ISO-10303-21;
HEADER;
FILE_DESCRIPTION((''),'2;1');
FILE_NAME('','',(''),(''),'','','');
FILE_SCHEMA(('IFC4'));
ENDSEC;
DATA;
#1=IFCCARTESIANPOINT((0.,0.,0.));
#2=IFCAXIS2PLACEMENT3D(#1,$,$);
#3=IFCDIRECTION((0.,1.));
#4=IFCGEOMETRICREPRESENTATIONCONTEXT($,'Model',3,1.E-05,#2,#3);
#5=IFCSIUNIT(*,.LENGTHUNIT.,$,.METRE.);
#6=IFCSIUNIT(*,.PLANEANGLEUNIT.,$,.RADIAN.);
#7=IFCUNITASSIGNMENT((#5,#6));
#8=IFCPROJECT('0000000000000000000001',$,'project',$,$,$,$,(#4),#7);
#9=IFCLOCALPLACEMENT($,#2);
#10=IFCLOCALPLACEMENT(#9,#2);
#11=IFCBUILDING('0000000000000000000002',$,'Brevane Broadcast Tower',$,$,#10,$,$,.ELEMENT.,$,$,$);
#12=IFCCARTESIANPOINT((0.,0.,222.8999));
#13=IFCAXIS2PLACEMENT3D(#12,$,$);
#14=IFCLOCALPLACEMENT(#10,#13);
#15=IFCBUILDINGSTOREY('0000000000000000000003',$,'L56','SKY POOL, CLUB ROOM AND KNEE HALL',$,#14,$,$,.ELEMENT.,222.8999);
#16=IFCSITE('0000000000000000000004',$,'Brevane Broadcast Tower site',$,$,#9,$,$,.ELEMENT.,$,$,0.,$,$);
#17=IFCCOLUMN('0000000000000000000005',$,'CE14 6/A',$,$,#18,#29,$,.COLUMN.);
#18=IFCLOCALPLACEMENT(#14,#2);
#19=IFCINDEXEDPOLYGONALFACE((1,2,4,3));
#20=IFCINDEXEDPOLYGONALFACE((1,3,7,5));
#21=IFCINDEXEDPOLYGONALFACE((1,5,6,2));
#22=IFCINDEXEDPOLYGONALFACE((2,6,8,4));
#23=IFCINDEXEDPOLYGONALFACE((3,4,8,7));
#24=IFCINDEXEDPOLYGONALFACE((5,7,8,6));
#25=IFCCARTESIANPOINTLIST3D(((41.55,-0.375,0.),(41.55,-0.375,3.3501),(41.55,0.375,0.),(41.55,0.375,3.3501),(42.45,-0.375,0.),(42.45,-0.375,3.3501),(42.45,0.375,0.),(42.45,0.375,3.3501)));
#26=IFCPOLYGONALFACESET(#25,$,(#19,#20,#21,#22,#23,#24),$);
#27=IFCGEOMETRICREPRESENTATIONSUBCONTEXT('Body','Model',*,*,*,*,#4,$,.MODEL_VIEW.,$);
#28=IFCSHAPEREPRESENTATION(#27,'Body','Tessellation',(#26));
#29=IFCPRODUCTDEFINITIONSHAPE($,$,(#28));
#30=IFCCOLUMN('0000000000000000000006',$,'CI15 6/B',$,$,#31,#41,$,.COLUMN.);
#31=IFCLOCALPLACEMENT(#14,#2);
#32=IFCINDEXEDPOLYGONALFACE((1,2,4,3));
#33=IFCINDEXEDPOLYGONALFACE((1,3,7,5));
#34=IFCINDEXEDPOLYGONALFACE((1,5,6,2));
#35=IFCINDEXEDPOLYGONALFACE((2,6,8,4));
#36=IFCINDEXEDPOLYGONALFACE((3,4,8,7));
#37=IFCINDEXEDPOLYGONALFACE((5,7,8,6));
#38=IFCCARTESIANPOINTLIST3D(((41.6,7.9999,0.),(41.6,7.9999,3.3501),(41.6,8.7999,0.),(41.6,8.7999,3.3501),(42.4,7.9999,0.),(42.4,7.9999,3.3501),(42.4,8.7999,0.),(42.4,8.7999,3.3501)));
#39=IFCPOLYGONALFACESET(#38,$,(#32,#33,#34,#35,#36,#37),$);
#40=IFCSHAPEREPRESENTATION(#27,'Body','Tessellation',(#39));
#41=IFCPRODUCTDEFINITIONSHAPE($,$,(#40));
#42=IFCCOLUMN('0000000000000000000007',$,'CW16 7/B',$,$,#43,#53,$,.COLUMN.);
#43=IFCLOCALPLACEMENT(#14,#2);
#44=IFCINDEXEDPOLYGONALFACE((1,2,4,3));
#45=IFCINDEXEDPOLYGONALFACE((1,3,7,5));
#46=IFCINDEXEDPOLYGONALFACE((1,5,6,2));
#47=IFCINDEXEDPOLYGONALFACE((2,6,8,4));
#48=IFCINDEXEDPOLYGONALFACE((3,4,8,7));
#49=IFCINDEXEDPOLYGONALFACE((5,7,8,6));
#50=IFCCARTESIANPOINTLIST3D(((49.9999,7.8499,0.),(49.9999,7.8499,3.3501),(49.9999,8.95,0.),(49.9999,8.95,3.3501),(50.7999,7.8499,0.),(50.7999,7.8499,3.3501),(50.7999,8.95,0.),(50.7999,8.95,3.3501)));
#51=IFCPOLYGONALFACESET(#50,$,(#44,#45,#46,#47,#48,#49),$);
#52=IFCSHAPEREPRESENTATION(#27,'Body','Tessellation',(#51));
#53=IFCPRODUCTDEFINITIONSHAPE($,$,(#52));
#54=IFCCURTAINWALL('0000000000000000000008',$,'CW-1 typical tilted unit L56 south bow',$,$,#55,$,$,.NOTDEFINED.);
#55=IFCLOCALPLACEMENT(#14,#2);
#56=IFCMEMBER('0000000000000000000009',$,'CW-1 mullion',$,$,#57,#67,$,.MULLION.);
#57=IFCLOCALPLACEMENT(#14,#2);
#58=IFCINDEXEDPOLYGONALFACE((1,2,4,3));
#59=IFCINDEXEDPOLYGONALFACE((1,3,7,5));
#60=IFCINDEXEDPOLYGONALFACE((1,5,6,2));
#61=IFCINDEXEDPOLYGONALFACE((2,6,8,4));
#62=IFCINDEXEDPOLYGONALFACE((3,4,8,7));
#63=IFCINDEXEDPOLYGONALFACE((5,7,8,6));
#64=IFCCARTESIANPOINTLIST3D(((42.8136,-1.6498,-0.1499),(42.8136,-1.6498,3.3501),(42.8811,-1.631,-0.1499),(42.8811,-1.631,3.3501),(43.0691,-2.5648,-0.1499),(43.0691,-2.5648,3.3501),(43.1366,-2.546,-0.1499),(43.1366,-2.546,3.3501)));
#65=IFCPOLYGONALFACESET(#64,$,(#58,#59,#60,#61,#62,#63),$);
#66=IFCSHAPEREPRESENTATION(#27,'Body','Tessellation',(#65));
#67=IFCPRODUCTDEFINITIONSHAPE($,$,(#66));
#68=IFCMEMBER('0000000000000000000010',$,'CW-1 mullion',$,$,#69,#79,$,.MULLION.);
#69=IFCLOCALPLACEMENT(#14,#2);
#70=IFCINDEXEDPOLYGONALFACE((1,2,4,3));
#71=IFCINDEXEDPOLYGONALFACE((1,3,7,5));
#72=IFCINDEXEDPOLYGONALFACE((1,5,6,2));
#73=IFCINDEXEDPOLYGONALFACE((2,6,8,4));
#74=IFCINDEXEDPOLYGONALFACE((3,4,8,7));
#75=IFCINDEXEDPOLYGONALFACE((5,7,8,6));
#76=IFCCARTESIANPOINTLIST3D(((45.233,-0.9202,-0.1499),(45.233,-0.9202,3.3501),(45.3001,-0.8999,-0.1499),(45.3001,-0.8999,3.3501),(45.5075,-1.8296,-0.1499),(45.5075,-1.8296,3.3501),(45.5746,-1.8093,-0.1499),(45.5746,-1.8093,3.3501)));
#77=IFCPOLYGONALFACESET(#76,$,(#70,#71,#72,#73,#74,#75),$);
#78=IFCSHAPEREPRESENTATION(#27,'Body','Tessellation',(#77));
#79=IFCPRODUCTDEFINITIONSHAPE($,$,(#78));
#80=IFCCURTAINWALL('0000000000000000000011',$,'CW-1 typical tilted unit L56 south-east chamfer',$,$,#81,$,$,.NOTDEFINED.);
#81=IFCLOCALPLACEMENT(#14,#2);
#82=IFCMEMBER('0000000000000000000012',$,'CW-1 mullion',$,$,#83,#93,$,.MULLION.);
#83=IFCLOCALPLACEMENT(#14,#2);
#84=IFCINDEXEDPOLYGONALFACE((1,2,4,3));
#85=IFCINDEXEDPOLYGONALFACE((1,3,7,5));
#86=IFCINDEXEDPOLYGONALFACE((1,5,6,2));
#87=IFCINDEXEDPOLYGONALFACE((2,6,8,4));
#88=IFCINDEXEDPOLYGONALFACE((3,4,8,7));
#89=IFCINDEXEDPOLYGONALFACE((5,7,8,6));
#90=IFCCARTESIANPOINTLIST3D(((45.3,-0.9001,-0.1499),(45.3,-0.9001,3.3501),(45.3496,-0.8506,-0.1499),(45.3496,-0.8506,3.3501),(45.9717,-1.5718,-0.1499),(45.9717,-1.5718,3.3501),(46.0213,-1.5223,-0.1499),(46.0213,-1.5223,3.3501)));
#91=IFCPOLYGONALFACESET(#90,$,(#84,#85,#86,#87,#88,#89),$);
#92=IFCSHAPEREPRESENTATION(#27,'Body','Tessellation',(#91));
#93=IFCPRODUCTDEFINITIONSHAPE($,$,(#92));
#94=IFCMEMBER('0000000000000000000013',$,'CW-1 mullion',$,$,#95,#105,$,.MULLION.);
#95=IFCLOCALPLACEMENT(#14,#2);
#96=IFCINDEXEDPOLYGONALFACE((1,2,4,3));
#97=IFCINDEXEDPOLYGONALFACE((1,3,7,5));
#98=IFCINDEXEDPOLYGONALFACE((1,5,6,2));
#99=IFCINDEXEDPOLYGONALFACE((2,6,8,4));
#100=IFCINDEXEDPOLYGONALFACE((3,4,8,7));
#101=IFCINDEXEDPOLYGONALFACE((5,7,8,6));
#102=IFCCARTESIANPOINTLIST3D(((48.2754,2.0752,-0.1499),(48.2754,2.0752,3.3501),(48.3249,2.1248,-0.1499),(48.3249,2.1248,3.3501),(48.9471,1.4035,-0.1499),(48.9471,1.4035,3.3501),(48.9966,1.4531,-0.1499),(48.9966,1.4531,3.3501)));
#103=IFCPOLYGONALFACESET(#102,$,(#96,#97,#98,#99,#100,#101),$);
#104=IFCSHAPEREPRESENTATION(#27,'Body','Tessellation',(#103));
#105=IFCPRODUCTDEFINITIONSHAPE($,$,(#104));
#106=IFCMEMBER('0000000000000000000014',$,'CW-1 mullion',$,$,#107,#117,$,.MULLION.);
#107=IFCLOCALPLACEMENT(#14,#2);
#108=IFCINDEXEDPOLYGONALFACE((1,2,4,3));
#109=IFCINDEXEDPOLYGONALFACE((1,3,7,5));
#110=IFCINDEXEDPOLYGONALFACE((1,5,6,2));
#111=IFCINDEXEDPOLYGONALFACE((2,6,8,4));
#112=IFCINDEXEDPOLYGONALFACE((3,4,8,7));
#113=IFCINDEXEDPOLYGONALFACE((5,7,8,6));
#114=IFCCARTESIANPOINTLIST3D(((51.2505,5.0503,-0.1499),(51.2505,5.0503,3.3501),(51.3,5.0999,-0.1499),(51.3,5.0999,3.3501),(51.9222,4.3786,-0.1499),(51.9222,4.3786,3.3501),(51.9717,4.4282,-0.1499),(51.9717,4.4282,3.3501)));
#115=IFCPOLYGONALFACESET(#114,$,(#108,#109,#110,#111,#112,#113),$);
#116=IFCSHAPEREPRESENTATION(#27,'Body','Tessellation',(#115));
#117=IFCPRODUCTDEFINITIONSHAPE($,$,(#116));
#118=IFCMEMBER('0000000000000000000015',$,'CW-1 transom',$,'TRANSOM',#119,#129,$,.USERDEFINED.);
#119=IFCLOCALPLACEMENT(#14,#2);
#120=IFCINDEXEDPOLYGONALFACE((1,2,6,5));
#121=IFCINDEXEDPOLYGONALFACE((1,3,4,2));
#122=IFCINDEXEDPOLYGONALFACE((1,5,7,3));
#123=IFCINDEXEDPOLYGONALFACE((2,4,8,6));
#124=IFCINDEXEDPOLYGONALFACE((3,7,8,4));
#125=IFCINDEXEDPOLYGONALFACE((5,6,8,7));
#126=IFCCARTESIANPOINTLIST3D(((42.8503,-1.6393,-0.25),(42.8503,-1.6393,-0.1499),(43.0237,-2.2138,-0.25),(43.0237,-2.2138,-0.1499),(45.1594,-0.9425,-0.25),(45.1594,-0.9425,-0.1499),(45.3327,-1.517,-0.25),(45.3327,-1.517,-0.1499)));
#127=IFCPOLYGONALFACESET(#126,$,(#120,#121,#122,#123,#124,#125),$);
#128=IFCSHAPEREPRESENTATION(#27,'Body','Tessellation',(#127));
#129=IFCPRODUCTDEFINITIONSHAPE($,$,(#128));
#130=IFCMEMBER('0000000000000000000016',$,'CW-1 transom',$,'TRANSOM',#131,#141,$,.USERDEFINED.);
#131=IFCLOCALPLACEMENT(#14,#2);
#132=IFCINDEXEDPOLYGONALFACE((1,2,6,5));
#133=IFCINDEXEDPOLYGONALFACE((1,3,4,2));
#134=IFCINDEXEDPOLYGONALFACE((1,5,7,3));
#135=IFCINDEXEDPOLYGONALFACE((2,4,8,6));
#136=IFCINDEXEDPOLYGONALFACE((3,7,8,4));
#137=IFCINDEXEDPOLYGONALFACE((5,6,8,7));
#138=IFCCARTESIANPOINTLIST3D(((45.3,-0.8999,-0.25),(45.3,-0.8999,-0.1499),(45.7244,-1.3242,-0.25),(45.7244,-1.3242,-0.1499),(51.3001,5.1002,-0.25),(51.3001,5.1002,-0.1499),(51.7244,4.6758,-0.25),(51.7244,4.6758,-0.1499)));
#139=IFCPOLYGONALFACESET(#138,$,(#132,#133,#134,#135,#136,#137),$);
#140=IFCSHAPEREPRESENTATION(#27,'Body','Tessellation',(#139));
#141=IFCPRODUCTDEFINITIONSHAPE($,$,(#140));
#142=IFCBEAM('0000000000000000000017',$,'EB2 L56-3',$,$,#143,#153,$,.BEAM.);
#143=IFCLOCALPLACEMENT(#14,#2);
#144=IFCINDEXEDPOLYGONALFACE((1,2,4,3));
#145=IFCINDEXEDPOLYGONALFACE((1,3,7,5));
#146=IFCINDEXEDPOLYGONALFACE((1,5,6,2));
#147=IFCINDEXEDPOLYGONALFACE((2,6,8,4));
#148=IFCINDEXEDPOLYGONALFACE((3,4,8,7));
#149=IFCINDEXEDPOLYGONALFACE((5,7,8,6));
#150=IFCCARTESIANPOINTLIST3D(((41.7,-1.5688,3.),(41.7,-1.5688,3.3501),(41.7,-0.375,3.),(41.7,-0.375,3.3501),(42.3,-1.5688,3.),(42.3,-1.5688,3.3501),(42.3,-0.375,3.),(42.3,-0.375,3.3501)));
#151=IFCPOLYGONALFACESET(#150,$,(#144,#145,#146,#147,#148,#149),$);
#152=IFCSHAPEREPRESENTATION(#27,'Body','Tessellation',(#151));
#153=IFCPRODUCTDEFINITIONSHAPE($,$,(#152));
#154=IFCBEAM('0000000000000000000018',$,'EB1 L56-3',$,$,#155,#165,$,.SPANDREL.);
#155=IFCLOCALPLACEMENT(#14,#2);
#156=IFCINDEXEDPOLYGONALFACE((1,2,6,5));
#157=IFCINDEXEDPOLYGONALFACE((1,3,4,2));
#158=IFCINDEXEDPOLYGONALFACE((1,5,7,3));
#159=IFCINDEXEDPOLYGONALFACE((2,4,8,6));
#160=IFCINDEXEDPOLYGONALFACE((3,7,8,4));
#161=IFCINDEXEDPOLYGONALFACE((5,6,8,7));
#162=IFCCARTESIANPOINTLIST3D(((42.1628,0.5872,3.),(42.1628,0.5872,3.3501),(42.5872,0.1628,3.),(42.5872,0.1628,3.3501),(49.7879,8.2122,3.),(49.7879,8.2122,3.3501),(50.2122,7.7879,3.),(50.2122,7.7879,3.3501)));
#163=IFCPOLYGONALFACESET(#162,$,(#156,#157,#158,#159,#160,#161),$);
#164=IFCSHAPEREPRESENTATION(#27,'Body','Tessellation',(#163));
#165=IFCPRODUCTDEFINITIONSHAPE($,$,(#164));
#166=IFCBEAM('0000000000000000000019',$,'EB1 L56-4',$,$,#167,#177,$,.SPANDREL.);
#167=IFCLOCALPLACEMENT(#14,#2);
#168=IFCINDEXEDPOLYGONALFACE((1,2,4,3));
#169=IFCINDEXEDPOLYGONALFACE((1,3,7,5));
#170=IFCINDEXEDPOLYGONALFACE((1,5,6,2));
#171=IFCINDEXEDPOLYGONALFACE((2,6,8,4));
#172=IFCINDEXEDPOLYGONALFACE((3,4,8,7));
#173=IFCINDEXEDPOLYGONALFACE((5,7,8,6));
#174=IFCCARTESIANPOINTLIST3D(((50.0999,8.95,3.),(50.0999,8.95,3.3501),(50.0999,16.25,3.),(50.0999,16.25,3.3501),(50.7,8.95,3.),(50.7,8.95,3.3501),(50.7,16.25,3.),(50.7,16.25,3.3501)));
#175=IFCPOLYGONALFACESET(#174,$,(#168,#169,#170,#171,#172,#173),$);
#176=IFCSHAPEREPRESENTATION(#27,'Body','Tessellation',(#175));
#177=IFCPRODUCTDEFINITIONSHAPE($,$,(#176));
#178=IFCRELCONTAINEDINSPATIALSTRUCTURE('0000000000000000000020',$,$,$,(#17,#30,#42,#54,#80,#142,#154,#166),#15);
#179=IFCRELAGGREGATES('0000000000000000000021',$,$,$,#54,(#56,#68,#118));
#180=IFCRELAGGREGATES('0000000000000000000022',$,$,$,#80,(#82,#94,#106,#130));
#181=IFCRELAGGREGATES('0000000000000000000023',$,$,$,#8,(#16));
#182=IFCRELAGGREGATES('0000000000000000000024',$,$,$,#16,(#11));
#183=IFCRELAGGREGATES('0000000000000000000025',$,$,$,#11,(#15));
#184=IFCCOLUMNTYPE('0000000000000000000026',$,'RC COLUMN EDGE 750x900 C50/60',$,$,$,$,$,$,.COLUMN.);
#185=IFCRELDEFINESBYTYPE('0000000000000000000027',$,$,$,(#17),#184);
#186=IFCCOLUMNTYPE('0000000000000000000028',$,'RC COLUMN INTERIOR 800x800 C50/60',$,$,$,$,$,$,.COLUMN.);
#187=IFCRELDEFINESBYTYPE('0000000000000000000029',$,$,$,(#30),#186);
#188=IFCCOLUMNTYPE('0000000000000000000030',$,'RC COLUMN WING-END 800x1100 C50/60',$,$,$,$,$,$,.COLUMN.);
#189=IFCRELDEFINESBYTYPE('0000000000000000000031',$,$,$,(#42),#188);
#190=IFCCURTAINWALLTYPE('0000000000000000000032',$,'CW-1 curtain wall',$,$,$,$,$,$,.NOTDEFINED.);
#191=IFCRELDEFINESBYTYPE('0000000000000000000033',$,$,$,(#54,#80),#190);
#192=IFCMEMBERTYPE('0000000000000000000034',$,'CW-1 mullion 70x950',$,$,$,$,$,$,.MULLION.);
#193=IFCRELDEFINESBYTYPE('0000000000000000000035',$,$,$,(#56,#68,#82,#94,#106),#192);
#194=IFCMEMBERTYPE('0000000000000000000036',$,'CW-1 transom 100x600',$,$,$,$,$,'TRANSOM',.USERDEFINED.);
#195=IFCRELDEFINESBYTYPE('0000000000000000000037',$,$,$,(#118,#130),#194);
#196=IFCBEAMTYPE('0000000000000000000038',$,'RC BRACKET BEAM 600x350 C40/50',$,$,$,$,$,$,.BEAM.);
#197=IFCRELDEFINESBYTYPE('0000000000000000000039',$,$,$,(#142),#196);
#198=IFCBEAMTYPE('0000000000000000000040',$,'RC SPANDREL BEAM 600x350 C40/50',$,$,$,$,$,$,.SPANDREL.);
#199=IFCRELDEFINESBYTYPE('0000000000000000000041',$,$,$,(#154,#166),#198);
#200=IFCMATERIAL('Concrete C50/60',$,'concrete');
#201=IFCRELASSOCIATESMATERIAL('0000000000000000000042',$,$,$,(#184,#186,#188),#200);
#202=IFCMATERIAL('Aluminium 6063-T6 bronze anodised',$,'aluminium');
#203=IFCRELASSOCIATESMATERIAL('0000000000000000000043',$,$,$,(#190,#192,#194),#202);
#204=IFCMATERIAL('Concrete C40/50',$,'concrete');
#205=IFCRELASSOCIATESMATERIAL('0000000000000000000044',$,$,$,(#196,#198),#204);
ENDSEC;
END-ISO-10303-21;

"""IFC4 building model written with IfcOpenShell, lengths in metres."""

from ifc_helpers import new_model, si_unit, direction, frame, origin, origin_2d, place, context, subcontext, project, spatial, rectangle, extrude, material, material_profile, profile_set, type_object, element, aggregate, save


model = new_model("IFC4")

# Units and contexts
model_context = context("Model", 3, precision=1e-05, world=origin(), true_north=direction((0.0, 1.0)))
body_context = subcontext(model_context, "Body", "Model", "MODEL_VIEW")
ifc_project = project(units=[si_unit("LENGTHUNIT", "METRE"), si_unit("PLANEANGLEUNIT", "RADIAN")], contexts=[model_context])

# Site, building, storey
site_placement = place(None, origin())
site = spatial("IfcSite", under=ifc_project, at=site_placement, Name="Brevane Broadcast Tower site", CompositionType="ELEMENT", RefElevation=0.0)
building_placement = place(site_placement, origin())
building = spatial("IfcBuilding", under=site, at=building_placement, Name="Brevane Broadcast Tower", CompositionType="ELEMENT")
storey_placement = place(building_placement, frame((0.0, 0.0, 222.8999)))
storey = spatial("IfcBuildingStorey", under=building, at=storey_placement, Name="L56", Description="SKY POOL, CLUB ROOM AND KNEE HALL", CompositionType="ELEMENT", Elevation=222.8999)

# Columns
ifc_material_1 = material(Name="Concrete C50/60", Category="concrete")
ifc_material_profile_1 = material_profile(ifc_material_1, rectangle(XDim=0.75, YDim=0.8999, at=origin_2d()), Name="RC 750x900")
ifc_profile_set_1 = profile_set([ifc_material_profile_1], Name="Concrete C50/60")
column_type_1 = type_object("IfcColumnType", Name="RC COLUMN EDGE 750x900 C50/60", PredefinedType="COLUMN", material=ifc_profile_set_1)
column_1_placement = place(storey_placement, frame((42.0, 0.0, 0.0), z_axis=(0.0, 0.0, 1.0), x_axis=(0.0, 1.0, 0.0)))
element("IfcColumn", 1, at=column_1_placement, inside=storey, type_object=column_type_1, Name="CE14 6/A", PredefinedType="COLUMN", context=body_context, shape_type="SweptSolid", body=[
    extrude(rectangle(XDim=0.75, YDim=0.8999, at=origin_2d()), origin(), (0.0, 0.0, 1.0), 3.3501),
])
ifc_material_profile_2 = material_profile(ifc_material_1, rectangle(XDim=0.8, YDim=0.8, at=origin_2d()), Name="RC 800x800")
ifc_profile_set_2 = profile_set([ifc_material_profile_2], Name="Concrete C50/60")
column_type_2 = type_object("IfcColumnType", Name="RC COLUMN INTERIOR 800x800 C50/60", PredefinedType="COLUMN", material=ifc_profile_set_2)
column_2_placement = place(storey_placement, frame((42.0, 8.3999, 0.0), z_axis=(0.0, 0.0, 1.0), x_axis=(1.0, 0.0, 0.0)))
element("IfcColumn", 2, at=column_2_placement, inside=storey, type_object=column_type_2, Name="CI15 6/B", PredefinedType="COLUMN", context=body_context, shape_type="SweptSolid", body=[
    extrude(rectangle(XDim=0.8, YDim=0.8, at=origin_2d()), origin(), (0.0, 0.0, 1.0), 3.3501),
])
ifc_material_profile_3 = material_profile(ifc_material_1, rectangle(XDim=0.8, YDim=1.1001, at=origin_2d()), Name="RC 800x1100")
ifc_profile_set_3 = profile_set([ifc_material_profile_3], Name="Concrete C50/60")
column_type_3 = type_object("IfcColumnType", Name="RC COLUMN WING-END 800x1100 C50/60", PredefinedType="COLUMN", material=ifc_profile_set_3)
column_3_placement = place(storey_placement, frame((50.3999, 8.3999, 0.0), z_axis=(0.0, 0.0, 1.0), x_axis=(1.0, 0.0, 0.0)))
element("IfcColumn", 3, at=column_3_placement, inside=storey, type_object=column_type_3, Name="CW16 7/B", PredefinedType="COLUMN", context=body_context, shape_type="SweptSolid", body=[
    extrude(rectangle(XDim=0.8, YDim=1.1001, at=origin_2d()), origin(), (0.0, 0.0, 1.0), 3.3501),
])

# Curtain walls, members
ifc_material_2 = material(Name="Aluminium 6063-T6 bronze anodised", Category="aluminium")
curtain_wall_type = type_object("IfcCurtainWallType", Name="CW-1 curtain wall", PredefinedType="NOTDEFINED", material=ifc_material_2)
curtain_wall_1_placement = place(storey_placement, origin())
curtain_wall_1 = element("IfcCurtainWall", 4, at=curtain_wall_1_placement, inside=storey, type_object=curtain_wall_type, Name="CW-1 typical tilted unit L56 south bow", PredefinedType="NOTDEFINED")
ifc_material_profile_4 = material_profile(ifc_material_2, rectangle(XDim=0.95, YDim=0.0701, at=origin_2d()), Name="RECT 70x950")
ifc_profile_set_4 = profile_set([ifc_material_profile_4], Name="Aluminium 6063-T6 bronze anodised")
member_type_1 = type_object("IfcMemberType", Name="CW-1 mullion 70x950", PredefinedType="MULLION", material=ifc_profile_set_4)
member_1_placement = place(storey_placement, frame((42.9751, -2.0979, -0.1499), z_axis=(0.0, 0.0, 1.0), x_axis=(-0.268916, 0.963164, 0.0)))
member_1 = element("IfcMember", 5, at=member_1_placement, type_object=member_type_1, Name="CW-1 mullion", PredefinedType="MULLION", context=body_context, shape_type="SweptSolid", body=[
    extrude(rectangle(XDim=0.95, YDim=0.0701, at=origin_2d()), origin(), (0.0, 0.0, 1.0), 3.5),
])
member_2_placement = place(storey_placement, frame((45.4038, -1.3647, -0.1499), z_axis=(0.0, 0.0, 1.0), x_axis=(-0.288968, 0.957339, 0.0)))
member_2 = element("IfcMember", 6, at=member_2_placement, type_object=member_type_1, Name="CW-1 mullion", PredefinedType="MULLION", context=body_context, shape_type="SweptSolid", body=[
    extrude(rectangle(XDim=0.95, YDim=0.0701, at=origin_2d()), origin(), (0.0, 0.0, 1.0), 3.5),
])
curtain_wall_2_placement = place(storey_placement, origin())
curtain_wall_2 = element("IfcCurtainWall", 7, at=curtain_wall_2_placement, inside=storey, type_object=curtain_wall_type, Name="CW-1 typical tilted unit L56 south-east chamfer", PredefinedType="NOTDEFINED")
member_3_placement = place(storey_placement, frame((45.6606, -1.2112, -0.1499), z_axis=(0.0, 0.0, 1.0), x_axis=(-0.707107, 0.707107, 0.0)))
member_3 = element("IfcMember", 8, at=member_3_placement, type_object=member_type_1, Name="CW-1 mullion", PredefinedType="MULLION", context=body_context, shape_type="SweptSolid", body=[
    extrude(rectangle(XDim=0.95, YDim=0.0701, at=origin_2d()), origin(), (0.0, 0.0, 1.0), 3.5),
])
member_4_placement = place(storey_placement, frame((48.636, 1.7642, -0.1499), z_axis=(0.0, 0.0, 1.0), x_axis=(-0.707107, 0.707107, 0.0)))
member_4 = element("IfcMember", 9, at=member_4_placement, type_object=member_type_1, Name="CW-1 mullion", PredefinedType="MULLION", context=body_context, shape_type="SweptSolid", body=[
    extrude(rectangle(XDim=0.95, YDim=0.0701, at=origin_2d()), origin(), (0.0, 0.0, 1.0), 3.5),
])
member_5_placement = place(storey_placement, frame((51.6111, 4.7393, -0.1499), z_axis=(0.0, 0.0, 1.0), x_axis=(-0.707107, 0.707107, 0.0)))
member_5 = element("IfcMember", 10, at=member_5_placement, type_object=member_type_1, Name="CW-1 mullion", PredefinedType="MULLION", context=body_context, shape_type="SweptSolid", body=[
    extrude(rectangle(XDim=0.95, YDim=0.0701, at=origin_2d()), origin(), (0.0, 0.0, 1.0), 3.5),
])

# Members
ifc_material_profile_5 = material_profile(ifc_material_2, rectangle(XDim=0.6001, YDim=0.1001, at=origin_2d()), Name="RECT 100x600")
ifc_profile_set_5 = profile_set([ifc_material_profile_5], Name="Aluminium 6063-T6 bronze anodised")
member_type_2 = type_object("IfcMemberType", Name="CW-1 transom 100x600", ElementType="TRANSOM", PredefinedType="USERDEFINED", material=ifc_profile_set_5)
member_6_placement = place(storey_placement, frame((42.937, -1.9265, -0.2), z_axis=(0.957363, 0.288889, 0.0), x_axis=(-0.288889, 0.957363, 0.0)))
member_6 = element("IfcMember", 11, at=member_6_placement, type_object=member_type_2, Name="CW-1 transom", ObjectType="TRANSOM", PredefinedType="USERDEFINED", context=body_context, shape_type="SweptSolid", body=[
    extrude(rectangle(XDim=0.6001, YDim=0.1001, at=origin_2d()), origin(), (0.0, 0.0, 1.0), 2.4119),
])
aggregate(curtain_wall_1, [member_1, member_2, member_6])
member_7_placement = place(storey_placement, frame((45.5122, -1.1121, -0.2), z_axis=(0.707107, 0.707107, 0.0), x_axis=(-0.707107, 0.707107, 0.0)))
member_7 = element("IfcMember", 12, at=member_7_placement, type_object=member_type_2, Name="CW-1 transom", ObjectType="TRANSOM", PredefinedType="USERDEFINED", context=body_context, shape_type="SweptSolid", body=[
    extrude(rectangle(XDim=0.6001, YDim=0.1001, at=origin_2d()), origin(), (0.0, 0.0, 1.0), 8.4854),
])
aggregate(curtain_wall_2, [member_3, member_4, member_5, member_7])

# Beams
ifc_material_3 = material(Name="Concrete C40/50", Category="concrete")
ifc_material_profile_6 = material_profile(ifc_material_3, rectangle(XDim=0.6001, YDim=0.3501, at=origin_2d()), Name="RC 600x350")
ifc_profile_set_6 = profile_set([ifc_material_profile_6], Name="Concrete C40/50")
beam_type_1 = type_object("IfcBeamType", Name="RC BRACKET BEAM 600x350 C40/50", PredefinedType="BEAM", material=ifc_profile_set_6)
beam_1_placement = place(storey_placement, frame((42.0, -0.375, 3.175), z_axis=(0.0, -1.0, 0.0), x_axis=(1.0, 0.0, 0.0)))
element("IfcBeam", 13, at=beam_1_placement, inside=storey, type_object=beam_type_1, Name="EB2 L56-3", PredefinedType="BEAM", context=body_context, shape_type="SweptSolid", body=[
    extrude(rectangle(XDim=0.6001, YDim=0.3501, at=origin_2d()), origin(), (0.0, 0.0, 1.0), 1.1938),
])
ifc_material_profile_7 = material_profile(ifc_material_3, rectangle(XDim=0.6001, YDim=0.3501, at=origin_2d()), Name="RC 600x350")
ifc_profile_set_7 = profile_set([ifc_material_profile_7], Name="Concrete C40/50")
beam_type_2 = type_object("IfcBeamType", Name="RC SPANDREL BEAM 600x350 C40/50", PredefinedType="SPANDREL", material=ifc_profile_set_7)
beam_2_placement = place(storey_placement, frame((42.375, 0.375, 3.175), z_axis=(0.707107, 0.707107, 0.0), x_axis=(-0.707107, 0.707107, 0.0)))
element("IfcBeam", 14, at=beam_2_placement, inside=storey, type_object=beam_type_2, Name="EB1 L56-3", PredefinedType="SPANDREL", context=body_context, shape_type="SweptSolid", body=[
    extrude(rectangle(XDim=0.6001, YDim=0.3501, at=origin_2d()), origin(), (0.0, 0.0, 1.0), 10.7834),
])
beam_3_placement = place(storey_placement, frame((50.3999, 8.95, 3.175), z_axis=(0.0, 1.0, 0.0), x_axis=(-1.0, 0.0, 0.0)))
element("IfcBeam", 15, at=beam_3_placement, inside=storey, type_object=beam_type_2, Name="EB1 L56-4", PredefinedType="SPANDREL", context=body_context, shape_type="SweptSolid", body=[
    extrude(rectangle(XDim=0.6001, YDim=0.3501, at=origin_2d()), origin(), (0.0, 0.0, 1.0), 7.3),
])

save(model, "model.ifc")
